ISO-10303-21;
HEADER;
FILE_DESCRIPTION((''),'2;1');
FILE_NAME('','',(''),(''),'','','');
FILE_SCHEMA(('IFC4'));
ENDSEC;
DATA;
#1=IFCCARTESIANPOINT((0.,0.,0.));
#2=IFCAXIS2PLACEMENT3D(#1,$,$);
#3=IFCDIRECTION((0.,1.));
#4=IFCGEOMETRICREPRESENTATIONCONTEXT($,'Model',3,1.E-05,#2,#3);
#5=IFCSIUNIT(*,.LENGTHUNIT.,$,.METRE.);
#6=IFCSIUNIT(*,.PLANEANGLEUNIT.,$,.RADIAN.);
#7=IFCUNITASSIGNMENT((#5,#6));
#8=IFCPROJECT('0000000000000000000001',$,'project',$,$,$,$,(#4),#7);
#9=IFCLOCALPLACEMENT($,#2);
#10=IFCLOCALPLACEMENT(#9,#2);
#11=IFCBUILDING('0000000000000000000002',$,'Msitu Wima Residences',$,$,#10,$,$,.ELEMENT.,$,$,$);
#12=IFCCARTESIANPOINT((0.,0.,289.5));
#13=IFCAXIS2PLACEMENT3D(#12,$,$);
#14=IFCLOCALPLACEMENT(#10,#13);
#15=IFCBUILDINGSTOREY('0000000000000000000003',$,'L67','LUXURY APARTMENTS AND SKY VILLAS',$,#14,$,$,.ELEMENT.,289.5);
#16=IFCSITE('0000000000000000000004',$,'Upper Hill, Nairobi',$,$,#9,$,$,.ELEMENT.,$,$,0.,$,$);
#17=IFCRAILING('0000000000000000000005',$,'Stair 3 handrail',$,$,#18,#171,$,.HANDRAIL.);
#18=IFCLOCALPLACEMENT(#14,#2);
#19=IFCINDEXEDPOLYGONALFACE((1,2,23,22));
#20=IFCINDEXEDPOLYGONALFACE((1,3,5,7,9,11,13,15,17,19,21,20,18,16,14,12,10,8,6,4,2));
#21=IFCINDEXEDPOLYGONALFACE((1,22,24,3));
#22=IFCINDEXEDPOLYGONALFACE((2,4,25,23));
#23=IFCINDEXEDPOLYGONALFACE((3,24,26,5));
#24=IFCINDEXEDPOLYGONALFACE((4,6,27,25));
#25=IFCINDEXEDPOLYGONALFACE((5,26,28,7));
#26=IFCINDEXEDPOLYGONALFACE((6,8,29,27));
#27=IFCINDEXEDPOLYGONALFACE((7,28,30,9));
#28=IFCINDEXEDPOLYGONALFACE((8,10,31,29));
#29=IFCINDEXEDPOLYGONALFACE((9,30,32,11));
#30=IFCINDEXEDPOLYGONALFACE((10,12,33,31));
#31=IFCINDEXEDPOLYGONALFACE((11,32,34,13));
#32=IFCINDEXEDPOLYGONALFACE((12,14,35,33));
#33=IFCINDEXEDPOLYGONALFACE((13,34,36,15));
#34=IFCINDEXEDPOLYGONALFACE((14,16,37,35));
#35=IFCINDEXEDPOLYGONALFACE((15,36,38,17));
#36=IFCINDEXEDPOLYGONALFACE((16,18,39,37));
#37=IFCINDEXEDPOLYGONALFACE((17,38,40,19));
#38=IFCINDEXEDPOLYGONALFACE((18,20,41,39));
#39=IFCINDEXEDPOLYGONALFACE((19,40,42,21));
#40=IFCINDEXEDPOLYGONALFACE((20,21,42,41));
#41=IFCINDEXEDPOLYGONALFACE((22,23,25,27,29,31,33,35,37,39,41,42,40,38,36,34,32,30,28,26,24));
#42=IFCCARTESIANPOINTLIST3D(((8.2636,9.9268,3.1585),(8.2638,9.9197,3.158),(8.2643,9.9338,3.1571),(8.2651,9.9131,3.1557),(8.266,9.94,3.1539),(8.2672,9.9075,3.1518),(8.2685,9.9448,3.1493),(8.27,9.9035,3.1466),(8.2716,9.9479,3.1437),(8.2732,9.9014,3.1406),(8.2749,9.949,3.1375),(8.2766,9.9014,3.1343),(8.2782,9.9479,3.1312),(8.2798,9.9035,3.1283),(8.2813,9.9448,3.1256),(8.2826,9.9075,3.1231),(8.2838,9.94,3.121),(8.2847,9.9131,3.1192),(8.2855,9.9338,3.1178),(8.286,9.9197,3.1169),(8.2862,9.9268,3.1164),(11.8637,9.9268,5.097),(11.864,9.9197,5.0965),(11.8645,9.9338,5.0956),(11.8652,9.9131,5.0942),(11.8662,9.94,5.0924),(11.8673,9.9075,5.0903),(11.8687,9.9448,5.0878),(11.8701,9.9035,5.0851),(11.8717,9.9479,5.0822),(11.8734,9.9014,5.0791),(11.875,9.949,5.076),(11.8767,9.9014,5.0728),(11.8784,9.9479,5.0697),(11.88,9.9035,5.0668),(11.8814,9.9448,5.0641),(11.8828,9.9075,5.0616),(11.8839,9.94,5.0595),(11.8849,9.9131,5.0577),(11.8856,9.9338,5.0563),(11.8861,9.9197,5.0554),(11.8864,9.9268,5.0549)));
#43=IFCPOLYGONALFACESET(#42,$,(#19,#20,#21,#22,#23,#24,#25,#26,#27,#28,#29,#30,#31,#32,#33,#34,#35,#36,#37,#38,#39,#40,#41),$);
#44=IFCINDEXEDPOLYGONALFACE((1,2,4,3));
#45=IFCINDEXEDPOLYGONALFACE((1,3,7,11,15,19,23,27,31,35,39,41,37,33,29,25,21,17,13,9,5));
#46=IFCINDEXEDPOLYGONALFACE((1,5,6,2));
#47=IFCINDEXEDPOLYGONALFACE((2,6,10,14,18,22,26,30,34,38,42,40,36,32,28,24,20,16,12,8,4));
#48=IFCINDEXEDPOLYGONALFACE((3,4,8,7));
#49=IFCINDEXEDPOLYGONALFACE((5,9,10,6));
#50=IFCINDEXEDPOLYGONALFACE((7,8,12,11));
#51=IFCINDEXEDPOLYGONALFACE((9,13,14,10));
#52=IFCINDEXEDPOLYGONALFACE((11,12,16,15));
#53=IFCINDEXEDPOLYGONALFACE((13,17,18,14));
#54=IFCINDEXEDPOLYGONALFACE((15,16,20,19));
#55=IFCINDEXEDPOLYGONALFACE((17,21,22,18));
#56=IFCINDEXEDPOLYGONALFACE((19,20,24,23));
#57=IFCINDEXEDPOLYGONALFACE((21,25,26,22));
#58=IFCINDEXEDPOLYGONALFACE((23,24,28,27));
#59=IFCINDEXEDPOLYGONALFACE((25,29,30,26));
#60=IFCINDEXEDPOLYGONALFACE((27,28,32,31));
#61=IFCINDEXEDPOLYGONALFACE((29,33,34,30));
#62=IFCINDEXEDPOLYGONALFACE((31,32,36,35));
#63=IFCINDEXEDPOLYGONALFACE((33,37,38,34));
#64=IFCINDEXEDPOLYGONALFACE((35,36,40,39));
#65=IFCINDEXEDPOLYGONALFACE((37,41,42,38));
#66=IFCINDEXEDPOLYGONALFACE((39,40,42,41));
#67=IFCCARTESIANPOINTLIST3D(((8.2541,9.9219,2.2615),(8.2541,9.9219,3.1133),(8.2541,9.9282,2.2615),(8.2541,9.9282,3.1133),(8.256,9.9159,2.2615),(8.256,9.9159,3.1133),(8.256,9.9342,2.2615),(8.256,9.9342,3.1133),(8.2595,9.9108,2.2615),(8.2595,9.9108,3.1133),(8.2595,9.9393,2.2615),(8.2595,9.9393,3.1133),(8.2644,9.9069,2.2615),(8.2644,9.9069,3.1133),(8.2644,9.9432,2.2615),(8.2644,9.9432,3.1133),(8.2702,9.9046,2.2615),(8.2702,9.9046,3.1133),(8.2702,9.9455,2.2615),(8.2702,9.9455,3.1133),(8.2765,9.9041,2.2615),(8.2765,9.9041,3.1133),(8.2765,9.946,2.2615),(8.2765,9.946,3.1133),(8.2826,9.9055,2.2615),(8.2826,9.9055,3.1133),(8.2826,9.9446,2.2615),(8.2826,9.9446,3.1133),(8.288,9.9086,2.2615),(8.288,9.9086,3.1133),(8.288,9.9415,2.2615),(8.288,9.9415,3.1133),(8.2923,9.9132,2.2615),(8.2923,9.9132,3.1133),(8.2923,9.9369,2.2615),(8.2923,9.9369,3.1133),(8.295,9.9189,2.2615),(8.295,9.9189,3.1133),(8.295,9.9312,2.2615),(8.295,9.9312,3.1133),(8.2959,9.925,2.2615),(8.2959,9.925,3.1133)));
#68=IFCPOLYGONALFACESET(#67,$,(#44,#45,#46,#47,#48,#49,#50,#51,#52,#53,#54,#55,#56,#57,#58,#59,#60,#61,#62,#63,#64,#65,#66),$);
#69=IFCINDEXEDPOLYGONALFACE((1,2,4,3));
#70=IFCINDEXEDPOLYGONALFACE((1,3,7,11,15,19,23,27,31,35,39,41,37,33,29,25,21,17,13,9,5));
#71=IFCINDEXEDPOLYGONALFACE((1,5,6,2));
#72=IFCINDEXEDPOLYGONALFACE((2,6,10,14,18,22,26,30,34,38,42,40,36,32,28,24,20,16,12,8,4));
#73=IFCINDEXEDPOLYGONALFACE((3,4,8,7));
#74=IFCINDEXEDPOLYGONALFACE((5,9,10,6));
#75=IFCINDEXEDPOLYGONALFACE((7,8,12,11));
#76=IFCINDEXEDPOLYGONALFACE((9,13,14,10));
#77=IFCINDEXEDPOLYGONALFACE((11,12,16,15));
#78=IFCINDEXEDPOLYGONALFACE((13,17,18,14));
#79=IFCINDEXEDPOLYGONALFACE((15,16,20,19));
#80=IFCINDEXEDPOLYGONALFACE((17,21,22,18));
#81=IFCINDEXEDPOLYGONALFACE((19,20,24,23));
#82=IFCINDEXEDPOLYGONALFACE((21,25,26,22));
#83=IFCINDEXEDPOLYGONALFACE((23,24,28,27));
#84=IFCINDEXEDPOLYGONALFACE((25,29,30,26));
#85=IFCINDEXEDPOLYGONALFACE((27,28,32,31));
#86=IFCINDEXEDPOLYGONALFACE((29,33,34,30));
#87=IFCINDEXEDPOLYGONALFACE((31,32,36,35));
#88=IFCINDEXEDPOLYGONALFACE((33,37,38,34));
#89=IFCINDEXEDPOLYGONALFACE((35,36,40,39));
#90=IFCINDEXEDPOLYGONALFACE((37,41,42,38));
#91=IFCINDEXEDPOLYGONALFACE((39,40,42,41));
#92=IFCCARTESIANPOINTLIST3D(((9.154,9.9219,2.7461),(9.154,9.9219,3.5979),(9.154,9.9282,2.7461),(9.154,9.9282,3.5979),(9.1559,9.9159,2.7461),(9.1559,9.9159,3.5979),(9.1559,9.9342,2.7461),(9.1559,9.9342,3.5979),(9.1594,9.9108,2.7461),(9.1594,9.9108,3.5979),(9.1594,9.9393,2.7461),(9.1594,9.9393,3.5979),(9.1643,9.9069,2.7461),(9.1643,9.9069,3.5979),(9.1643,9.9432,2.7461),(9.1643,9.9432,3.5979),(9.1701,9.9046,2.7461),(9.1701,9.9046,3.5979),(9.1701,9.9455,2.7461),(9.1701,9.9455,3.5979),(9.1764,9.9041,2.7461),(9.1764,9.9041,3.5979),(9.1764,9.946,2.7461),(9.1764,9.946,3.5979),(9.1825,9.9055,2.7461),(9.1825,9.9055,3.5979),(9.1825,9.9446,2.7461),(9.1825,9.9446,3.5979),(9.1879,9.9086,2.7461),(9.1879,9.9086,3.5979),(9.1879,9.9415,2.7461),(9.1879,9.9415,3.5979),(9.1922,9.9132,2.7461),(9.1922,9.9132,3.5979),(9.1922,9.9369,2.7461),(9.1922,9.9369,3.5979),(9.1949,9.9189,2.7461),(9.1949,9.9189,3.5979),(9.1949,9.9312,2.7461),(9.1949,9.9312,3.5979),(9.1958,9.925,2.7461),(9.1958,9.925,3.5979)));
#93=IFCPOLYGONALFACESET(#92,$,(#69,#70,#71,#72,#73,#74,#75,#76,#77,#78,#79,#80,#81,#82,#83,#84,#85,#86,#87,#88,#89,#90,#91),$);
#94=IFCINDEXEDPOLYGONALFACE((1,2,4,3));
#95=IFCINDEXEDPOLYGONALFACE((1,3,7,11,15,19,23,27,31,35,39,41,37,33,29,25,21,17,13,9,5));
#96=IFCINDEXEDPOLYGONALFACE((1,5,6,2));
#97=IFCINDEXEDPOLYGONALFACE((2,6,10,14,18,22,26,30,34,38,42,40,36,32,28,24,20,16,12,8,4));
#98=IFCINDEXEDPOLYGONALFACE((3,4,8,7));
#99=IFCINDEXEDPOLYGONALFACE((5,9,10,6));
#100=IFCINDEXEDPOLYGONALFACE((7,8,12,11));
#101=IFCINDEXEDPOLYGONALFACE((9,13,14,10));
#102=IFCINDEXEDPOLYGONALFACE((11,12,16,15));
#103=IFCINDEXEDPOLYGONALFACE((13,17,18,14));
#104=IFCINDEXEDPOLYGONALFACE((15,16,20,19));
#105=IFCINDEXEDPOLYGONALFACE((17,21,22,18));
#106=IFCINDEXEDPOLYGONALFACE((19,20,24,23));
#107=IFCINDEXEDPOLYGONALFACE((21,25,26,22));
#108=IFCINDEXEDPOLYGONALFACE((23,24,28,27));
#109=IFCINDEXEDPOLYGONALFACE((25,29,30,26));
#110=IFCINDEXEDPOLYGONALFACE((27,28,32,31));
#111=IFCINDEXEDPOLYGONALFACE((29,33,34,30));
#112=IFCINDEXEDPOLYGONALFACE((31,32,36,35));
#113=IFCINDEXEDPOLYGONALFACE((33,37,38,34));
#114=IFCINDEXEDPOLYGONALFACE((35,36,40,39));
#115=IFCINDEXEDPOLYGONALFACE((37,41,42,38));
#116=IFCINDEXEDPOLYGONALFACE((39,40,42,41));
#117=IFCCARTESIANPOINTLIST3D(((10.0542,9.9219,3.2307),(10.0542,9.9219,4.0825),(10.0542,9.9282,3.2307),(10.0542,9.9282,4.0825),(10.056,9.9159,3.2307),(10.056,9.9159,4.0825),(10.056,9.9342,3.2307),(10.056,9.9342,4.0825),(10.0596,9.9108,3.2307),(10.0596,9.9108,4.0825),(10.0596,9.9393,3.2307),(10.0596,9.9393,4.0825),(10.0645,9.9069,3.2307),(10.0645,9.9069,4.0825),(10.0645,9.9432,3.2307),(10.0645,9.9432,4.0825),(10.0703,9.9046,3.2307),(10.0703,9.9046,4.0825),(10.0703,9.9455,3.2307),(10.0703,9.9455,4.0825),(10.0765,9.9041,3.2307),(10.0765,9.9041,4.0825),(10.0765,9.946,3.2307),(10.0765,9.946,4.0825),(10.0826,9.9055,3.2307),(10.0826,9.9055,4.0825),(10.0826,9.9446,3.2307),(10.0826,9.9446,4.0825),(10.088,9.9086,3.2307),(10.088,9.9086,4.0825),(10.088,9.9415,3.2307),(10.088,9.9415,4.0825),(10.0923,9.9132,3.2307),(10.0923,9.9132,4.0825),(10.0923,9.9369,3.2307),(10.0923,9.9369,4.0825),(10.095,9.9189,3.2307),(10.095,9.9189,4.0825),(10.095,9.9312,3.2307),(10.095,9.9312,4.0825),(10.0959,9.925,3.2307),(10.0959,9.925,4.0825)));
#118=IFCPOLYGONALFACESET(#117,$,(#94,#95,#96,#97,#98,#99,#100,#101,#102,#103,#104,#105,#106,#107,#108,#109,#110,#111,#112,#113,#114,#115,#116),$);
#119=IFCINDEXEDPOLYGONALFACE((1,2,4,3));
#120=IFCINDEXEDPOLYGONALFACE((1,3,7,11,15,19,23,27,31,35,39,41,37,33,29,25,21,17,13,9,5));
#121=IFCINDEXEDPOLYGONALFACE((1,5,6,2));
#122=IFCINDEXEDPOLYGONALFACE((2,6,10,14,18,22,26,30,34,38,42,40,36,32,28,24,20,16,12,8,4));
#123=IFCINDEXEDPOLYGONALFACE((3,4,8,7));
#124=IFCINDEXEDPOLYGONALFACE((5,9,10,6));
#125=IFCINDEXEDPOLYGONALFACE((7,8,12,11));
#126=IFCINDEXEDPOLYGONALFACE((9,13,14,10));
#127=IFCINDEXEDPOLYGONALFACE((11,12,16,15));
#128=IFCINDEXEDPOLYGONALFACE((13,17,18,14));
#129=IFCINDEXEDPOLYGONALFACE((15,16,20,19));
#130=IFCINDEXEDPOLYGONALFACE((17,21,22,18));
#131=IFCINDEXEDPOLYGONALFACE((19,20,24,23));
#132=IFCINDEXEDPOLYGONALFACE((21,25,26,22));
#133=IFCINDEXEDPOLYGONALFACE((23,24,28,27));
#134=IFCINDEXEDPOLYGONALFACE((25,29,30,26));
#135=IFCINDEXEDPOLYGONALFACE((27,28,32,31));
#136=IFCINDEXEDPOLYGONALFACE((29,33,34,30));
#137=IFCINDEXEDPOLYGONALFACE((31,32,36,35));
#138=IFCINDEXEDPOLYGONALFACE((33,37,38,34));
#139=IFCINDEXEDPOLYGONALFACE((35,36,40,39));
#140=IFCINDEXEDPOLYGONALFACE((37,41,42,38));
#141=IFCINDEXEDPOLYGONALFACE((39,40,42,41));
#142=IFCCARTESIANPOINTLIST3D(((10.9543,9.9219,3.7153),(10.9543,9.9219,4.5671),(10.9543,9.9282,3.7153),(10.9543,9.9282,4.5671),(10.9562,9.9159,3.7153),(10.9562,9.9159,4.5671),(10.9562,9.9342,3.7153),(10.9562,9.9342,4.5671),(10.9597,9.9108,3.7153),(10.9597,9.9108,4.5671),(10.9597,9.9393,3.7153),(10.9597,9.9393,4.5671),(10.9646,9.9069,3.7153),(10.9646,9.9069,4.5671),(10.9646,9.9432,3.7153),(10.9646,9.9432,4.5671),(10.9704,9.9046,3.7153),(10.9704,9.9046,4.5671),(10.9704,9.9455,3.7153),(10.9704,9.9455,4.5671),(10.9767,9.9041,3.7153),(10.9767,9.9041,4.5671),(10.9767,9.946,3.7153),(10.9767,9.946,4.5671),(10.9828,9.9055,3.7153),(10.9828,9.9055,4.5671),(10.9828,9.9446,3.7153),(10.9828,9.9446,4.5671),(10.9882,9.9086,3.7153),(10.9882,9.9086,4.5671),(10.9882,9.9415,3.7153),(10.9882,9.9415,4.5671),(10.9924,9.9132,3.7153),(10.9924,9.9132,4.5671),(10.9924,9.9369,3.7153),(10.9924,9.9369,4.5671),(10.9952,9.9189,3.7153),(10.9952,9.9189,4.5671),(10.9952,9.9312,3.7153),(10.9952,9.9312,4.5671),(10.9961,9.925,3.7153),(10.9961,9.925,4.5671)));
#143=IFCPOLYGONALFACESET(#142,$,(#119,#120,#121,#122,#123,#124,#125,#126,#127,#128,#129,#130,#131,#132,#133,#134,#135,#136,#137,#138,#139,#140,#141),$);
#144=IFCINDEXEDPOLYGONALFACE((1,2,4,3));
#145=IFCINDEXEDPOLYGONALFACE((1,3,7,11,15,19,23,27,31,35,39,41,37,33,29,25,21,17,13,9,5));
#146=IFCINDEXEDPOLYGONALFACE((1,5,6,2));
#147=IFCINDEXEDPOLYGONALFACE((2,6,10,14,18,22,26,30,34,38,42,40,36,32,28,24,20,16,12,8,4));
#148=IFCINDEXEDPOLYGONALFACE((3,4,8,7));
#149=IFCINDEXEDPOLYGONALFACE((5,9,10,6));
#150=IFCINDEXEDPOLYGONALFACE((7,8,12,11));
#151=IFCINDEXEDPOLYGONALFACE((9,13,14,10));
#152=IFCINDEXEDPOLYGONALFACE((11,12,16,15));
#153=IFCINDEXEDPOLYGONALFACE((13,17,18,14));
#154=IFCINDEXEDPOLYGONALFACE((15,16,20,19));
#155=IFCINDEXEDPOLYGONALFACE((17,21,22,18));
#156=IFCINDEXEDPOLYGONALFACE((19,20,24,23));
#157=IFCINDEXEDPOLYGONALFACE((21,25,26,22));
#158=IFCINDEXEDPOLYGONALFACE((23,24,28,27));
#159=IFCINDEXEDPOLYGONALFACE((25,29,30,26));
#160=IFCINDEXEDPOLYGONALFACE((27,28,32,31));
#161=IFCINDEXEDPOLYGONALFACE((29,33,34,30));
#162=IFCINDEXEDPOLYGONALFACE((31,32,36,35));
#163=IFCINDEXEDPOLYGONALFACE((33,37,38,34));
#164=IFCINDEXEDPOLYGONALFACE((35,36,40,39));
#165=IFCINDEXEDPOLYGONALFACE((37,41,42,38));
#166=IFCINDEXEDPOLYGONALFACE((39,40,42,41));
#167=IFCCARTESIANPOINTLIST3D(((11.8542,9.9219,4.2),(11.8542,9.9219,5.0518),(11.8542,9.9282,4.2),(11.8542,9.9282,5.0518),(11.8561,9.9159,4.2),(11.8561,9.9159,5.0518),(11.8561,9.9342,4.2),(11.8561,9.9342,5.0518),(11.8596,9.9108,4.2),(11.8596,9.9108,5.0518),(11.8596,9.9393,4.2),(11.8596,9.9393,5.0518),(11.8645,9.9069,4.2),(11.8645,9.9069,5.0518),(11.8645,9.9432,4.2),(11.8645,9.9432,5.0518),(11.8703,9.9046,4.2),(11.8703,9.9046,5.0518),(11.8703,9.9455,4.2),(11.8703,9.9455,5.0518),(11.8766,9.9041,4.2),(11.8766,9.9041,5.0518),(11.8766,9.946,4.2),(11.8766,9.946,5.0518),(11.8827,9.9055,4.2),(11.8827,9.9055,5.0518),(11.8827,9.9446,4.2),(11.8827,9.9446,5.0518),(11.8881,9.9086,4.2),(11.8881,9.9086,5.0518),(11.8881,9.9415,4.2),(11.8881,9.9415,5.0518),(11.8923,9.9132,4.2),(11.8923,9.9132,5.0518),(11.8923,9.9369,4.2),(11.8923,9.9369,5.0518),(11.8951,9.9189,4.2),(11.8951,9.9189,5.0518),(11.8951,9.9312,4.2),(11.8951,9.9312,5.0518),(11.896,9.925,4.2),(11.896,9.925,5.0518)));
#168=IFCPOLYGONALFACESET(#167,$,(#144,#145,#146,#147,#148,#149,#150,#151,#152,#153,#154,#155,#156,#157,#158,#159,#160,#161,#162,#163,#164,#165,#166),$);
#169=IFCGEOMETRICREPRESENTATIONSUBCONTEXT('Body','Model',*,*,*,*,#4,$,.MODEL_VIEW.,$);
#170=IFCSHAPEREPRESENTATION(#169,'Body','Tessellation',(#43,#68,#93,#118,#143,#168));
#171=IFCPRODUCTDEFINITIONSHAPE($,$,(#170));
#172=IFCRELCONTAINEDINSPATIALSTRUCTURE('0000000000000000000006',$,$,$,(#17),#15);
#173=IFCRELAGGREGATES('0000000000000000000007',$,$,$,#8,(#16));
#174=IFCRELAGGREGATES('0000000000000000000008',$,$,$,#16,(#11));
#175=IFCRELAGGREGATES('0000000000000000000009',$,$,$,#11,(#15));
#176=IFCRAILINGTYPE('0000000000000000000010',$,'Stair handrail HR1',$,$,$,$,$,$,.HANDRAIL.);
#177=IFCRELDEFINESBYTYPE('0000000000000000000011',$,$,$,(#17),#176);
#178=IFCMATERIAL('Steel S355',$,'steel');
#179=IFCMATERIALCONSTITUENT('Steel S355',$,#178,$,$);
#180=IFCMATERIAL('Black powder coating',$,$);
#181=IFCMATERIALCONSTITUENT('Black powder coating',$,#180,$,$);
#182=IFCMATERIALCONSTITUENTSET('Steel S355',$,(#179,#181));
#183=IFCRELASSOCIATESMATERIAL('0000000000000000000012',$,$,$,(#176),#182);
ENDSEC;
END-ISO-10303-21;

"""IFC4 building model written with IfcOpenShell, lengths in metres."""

from ifc_helpers import new_model, si_unit, direction, frame, origin, origin_2d, place, context, subcontext, project, spatial, circle, extrude, material, constituent, constituent_set, type_object, element, save


model = new_model("IFC4")

# Units and contexts
model_context = context("Model", 3, precision=1e-05, world=origin(), true_north=direction((0.0, 1.0)))
body_context = subcontext(model_context, "Body", "Model", "MODEL_VIEW")
ifc_project = project(units=[si_unit("LENGTHUNIT", "METRE"), si_unit("PLANEANGLEUNIT", "RADIAN")], contexts=[model_context])

# Site, building, storey
site_placement = place(None, origin())
site = spatial("IfcSite", under=ifc_project, at=site_placement, Name="Upper Hill, Nairobi", CompositionType="ELEMENT", RefElevation=0.0)
building_placement = place(site_placement, origin())
building = spatial("IfcBuilding", under=site, at=building_placement, Name="Msitu Wima Residences", CompositionType="ELEMENT")
storey_placement = place(building_placement, frame((0.0, 0.0, 289.5)))
storey = spatial("IfcBuildingStorey", under=building, at=storey_placement, Name="L67", Description="LUXURY APARTMENTS AND SKY VILLAS", CompositionType="ELEMENT", Elevation=289.5)

# Railing
ifc_material_1 = material(Name="Steel S355", Category="steel")
ifc_constituent_1 = constituent(ifc_material_1, Name="Steel S355")
ifc_material_2 = material(Name="Black powder coating")
ifc_constituent_2 = constituent(ifc_material_2, Name="Black powder coating")
ifc_constituent_set = constituent_set(constituents=[ifc_constituent_1, ifc_constituent_2], Name="Steel S355")
railing_type = type_object("IfcRailingType", Name="Stair handrail HR1", PredefinedType="HANDRAIL", material=ifc_constituent_set)
for number, where, name in (
    (1, (8.2749, 9.925, 2.2615), "Stair 3 handrail"),
):
    element("IfcRailing", number, at=place(storey_placement, frame(where)), inside=storey, type_object=railing_type, Name=name, PredefinedType="HANDRAIL", context=body_context, shape_type="SweptSolid", body=[
        extrude(circle(Radius=0.0239, at=origin_2d()), frame((0.0, 0.0, 0.876), z_axis=(0.880475, 0.0, 0.474093), x_axis=(0.0, 1.0, 0.0)), (0.0, 0.0, 1.0), 4.0889),
        extrude(circle(Radius=0.021, at=origin_2d()), origin(), (0.0, 0.0, 1.0), 0.8518),
        extrude(circle(Radius=0.021, at=origin_2d()), frame((0.8999, 0.0, 0.4846)), (0.0, 0.0, 1.0), 0.8518),
        extrude(circle(Radius=0.021, at=origin_2d()), frame((1.8, 0.0, 0.9692)), (0.0, 0.0, 1.0), 0.8518),
        extrude(circle(Radius=0.021, at=origin_2d()), frame((2.7002, 0.0, 1.4539)), (0.0, 0.0, 1.0), 0.8518),
        extrude(circle(Radius=0.021, at=origin_2d()), frame((3.6001, 0.0, 1.9385)), (0.0, 0.0, 1.0), 0.8518),
    ])

save(model, "model.ifc")
